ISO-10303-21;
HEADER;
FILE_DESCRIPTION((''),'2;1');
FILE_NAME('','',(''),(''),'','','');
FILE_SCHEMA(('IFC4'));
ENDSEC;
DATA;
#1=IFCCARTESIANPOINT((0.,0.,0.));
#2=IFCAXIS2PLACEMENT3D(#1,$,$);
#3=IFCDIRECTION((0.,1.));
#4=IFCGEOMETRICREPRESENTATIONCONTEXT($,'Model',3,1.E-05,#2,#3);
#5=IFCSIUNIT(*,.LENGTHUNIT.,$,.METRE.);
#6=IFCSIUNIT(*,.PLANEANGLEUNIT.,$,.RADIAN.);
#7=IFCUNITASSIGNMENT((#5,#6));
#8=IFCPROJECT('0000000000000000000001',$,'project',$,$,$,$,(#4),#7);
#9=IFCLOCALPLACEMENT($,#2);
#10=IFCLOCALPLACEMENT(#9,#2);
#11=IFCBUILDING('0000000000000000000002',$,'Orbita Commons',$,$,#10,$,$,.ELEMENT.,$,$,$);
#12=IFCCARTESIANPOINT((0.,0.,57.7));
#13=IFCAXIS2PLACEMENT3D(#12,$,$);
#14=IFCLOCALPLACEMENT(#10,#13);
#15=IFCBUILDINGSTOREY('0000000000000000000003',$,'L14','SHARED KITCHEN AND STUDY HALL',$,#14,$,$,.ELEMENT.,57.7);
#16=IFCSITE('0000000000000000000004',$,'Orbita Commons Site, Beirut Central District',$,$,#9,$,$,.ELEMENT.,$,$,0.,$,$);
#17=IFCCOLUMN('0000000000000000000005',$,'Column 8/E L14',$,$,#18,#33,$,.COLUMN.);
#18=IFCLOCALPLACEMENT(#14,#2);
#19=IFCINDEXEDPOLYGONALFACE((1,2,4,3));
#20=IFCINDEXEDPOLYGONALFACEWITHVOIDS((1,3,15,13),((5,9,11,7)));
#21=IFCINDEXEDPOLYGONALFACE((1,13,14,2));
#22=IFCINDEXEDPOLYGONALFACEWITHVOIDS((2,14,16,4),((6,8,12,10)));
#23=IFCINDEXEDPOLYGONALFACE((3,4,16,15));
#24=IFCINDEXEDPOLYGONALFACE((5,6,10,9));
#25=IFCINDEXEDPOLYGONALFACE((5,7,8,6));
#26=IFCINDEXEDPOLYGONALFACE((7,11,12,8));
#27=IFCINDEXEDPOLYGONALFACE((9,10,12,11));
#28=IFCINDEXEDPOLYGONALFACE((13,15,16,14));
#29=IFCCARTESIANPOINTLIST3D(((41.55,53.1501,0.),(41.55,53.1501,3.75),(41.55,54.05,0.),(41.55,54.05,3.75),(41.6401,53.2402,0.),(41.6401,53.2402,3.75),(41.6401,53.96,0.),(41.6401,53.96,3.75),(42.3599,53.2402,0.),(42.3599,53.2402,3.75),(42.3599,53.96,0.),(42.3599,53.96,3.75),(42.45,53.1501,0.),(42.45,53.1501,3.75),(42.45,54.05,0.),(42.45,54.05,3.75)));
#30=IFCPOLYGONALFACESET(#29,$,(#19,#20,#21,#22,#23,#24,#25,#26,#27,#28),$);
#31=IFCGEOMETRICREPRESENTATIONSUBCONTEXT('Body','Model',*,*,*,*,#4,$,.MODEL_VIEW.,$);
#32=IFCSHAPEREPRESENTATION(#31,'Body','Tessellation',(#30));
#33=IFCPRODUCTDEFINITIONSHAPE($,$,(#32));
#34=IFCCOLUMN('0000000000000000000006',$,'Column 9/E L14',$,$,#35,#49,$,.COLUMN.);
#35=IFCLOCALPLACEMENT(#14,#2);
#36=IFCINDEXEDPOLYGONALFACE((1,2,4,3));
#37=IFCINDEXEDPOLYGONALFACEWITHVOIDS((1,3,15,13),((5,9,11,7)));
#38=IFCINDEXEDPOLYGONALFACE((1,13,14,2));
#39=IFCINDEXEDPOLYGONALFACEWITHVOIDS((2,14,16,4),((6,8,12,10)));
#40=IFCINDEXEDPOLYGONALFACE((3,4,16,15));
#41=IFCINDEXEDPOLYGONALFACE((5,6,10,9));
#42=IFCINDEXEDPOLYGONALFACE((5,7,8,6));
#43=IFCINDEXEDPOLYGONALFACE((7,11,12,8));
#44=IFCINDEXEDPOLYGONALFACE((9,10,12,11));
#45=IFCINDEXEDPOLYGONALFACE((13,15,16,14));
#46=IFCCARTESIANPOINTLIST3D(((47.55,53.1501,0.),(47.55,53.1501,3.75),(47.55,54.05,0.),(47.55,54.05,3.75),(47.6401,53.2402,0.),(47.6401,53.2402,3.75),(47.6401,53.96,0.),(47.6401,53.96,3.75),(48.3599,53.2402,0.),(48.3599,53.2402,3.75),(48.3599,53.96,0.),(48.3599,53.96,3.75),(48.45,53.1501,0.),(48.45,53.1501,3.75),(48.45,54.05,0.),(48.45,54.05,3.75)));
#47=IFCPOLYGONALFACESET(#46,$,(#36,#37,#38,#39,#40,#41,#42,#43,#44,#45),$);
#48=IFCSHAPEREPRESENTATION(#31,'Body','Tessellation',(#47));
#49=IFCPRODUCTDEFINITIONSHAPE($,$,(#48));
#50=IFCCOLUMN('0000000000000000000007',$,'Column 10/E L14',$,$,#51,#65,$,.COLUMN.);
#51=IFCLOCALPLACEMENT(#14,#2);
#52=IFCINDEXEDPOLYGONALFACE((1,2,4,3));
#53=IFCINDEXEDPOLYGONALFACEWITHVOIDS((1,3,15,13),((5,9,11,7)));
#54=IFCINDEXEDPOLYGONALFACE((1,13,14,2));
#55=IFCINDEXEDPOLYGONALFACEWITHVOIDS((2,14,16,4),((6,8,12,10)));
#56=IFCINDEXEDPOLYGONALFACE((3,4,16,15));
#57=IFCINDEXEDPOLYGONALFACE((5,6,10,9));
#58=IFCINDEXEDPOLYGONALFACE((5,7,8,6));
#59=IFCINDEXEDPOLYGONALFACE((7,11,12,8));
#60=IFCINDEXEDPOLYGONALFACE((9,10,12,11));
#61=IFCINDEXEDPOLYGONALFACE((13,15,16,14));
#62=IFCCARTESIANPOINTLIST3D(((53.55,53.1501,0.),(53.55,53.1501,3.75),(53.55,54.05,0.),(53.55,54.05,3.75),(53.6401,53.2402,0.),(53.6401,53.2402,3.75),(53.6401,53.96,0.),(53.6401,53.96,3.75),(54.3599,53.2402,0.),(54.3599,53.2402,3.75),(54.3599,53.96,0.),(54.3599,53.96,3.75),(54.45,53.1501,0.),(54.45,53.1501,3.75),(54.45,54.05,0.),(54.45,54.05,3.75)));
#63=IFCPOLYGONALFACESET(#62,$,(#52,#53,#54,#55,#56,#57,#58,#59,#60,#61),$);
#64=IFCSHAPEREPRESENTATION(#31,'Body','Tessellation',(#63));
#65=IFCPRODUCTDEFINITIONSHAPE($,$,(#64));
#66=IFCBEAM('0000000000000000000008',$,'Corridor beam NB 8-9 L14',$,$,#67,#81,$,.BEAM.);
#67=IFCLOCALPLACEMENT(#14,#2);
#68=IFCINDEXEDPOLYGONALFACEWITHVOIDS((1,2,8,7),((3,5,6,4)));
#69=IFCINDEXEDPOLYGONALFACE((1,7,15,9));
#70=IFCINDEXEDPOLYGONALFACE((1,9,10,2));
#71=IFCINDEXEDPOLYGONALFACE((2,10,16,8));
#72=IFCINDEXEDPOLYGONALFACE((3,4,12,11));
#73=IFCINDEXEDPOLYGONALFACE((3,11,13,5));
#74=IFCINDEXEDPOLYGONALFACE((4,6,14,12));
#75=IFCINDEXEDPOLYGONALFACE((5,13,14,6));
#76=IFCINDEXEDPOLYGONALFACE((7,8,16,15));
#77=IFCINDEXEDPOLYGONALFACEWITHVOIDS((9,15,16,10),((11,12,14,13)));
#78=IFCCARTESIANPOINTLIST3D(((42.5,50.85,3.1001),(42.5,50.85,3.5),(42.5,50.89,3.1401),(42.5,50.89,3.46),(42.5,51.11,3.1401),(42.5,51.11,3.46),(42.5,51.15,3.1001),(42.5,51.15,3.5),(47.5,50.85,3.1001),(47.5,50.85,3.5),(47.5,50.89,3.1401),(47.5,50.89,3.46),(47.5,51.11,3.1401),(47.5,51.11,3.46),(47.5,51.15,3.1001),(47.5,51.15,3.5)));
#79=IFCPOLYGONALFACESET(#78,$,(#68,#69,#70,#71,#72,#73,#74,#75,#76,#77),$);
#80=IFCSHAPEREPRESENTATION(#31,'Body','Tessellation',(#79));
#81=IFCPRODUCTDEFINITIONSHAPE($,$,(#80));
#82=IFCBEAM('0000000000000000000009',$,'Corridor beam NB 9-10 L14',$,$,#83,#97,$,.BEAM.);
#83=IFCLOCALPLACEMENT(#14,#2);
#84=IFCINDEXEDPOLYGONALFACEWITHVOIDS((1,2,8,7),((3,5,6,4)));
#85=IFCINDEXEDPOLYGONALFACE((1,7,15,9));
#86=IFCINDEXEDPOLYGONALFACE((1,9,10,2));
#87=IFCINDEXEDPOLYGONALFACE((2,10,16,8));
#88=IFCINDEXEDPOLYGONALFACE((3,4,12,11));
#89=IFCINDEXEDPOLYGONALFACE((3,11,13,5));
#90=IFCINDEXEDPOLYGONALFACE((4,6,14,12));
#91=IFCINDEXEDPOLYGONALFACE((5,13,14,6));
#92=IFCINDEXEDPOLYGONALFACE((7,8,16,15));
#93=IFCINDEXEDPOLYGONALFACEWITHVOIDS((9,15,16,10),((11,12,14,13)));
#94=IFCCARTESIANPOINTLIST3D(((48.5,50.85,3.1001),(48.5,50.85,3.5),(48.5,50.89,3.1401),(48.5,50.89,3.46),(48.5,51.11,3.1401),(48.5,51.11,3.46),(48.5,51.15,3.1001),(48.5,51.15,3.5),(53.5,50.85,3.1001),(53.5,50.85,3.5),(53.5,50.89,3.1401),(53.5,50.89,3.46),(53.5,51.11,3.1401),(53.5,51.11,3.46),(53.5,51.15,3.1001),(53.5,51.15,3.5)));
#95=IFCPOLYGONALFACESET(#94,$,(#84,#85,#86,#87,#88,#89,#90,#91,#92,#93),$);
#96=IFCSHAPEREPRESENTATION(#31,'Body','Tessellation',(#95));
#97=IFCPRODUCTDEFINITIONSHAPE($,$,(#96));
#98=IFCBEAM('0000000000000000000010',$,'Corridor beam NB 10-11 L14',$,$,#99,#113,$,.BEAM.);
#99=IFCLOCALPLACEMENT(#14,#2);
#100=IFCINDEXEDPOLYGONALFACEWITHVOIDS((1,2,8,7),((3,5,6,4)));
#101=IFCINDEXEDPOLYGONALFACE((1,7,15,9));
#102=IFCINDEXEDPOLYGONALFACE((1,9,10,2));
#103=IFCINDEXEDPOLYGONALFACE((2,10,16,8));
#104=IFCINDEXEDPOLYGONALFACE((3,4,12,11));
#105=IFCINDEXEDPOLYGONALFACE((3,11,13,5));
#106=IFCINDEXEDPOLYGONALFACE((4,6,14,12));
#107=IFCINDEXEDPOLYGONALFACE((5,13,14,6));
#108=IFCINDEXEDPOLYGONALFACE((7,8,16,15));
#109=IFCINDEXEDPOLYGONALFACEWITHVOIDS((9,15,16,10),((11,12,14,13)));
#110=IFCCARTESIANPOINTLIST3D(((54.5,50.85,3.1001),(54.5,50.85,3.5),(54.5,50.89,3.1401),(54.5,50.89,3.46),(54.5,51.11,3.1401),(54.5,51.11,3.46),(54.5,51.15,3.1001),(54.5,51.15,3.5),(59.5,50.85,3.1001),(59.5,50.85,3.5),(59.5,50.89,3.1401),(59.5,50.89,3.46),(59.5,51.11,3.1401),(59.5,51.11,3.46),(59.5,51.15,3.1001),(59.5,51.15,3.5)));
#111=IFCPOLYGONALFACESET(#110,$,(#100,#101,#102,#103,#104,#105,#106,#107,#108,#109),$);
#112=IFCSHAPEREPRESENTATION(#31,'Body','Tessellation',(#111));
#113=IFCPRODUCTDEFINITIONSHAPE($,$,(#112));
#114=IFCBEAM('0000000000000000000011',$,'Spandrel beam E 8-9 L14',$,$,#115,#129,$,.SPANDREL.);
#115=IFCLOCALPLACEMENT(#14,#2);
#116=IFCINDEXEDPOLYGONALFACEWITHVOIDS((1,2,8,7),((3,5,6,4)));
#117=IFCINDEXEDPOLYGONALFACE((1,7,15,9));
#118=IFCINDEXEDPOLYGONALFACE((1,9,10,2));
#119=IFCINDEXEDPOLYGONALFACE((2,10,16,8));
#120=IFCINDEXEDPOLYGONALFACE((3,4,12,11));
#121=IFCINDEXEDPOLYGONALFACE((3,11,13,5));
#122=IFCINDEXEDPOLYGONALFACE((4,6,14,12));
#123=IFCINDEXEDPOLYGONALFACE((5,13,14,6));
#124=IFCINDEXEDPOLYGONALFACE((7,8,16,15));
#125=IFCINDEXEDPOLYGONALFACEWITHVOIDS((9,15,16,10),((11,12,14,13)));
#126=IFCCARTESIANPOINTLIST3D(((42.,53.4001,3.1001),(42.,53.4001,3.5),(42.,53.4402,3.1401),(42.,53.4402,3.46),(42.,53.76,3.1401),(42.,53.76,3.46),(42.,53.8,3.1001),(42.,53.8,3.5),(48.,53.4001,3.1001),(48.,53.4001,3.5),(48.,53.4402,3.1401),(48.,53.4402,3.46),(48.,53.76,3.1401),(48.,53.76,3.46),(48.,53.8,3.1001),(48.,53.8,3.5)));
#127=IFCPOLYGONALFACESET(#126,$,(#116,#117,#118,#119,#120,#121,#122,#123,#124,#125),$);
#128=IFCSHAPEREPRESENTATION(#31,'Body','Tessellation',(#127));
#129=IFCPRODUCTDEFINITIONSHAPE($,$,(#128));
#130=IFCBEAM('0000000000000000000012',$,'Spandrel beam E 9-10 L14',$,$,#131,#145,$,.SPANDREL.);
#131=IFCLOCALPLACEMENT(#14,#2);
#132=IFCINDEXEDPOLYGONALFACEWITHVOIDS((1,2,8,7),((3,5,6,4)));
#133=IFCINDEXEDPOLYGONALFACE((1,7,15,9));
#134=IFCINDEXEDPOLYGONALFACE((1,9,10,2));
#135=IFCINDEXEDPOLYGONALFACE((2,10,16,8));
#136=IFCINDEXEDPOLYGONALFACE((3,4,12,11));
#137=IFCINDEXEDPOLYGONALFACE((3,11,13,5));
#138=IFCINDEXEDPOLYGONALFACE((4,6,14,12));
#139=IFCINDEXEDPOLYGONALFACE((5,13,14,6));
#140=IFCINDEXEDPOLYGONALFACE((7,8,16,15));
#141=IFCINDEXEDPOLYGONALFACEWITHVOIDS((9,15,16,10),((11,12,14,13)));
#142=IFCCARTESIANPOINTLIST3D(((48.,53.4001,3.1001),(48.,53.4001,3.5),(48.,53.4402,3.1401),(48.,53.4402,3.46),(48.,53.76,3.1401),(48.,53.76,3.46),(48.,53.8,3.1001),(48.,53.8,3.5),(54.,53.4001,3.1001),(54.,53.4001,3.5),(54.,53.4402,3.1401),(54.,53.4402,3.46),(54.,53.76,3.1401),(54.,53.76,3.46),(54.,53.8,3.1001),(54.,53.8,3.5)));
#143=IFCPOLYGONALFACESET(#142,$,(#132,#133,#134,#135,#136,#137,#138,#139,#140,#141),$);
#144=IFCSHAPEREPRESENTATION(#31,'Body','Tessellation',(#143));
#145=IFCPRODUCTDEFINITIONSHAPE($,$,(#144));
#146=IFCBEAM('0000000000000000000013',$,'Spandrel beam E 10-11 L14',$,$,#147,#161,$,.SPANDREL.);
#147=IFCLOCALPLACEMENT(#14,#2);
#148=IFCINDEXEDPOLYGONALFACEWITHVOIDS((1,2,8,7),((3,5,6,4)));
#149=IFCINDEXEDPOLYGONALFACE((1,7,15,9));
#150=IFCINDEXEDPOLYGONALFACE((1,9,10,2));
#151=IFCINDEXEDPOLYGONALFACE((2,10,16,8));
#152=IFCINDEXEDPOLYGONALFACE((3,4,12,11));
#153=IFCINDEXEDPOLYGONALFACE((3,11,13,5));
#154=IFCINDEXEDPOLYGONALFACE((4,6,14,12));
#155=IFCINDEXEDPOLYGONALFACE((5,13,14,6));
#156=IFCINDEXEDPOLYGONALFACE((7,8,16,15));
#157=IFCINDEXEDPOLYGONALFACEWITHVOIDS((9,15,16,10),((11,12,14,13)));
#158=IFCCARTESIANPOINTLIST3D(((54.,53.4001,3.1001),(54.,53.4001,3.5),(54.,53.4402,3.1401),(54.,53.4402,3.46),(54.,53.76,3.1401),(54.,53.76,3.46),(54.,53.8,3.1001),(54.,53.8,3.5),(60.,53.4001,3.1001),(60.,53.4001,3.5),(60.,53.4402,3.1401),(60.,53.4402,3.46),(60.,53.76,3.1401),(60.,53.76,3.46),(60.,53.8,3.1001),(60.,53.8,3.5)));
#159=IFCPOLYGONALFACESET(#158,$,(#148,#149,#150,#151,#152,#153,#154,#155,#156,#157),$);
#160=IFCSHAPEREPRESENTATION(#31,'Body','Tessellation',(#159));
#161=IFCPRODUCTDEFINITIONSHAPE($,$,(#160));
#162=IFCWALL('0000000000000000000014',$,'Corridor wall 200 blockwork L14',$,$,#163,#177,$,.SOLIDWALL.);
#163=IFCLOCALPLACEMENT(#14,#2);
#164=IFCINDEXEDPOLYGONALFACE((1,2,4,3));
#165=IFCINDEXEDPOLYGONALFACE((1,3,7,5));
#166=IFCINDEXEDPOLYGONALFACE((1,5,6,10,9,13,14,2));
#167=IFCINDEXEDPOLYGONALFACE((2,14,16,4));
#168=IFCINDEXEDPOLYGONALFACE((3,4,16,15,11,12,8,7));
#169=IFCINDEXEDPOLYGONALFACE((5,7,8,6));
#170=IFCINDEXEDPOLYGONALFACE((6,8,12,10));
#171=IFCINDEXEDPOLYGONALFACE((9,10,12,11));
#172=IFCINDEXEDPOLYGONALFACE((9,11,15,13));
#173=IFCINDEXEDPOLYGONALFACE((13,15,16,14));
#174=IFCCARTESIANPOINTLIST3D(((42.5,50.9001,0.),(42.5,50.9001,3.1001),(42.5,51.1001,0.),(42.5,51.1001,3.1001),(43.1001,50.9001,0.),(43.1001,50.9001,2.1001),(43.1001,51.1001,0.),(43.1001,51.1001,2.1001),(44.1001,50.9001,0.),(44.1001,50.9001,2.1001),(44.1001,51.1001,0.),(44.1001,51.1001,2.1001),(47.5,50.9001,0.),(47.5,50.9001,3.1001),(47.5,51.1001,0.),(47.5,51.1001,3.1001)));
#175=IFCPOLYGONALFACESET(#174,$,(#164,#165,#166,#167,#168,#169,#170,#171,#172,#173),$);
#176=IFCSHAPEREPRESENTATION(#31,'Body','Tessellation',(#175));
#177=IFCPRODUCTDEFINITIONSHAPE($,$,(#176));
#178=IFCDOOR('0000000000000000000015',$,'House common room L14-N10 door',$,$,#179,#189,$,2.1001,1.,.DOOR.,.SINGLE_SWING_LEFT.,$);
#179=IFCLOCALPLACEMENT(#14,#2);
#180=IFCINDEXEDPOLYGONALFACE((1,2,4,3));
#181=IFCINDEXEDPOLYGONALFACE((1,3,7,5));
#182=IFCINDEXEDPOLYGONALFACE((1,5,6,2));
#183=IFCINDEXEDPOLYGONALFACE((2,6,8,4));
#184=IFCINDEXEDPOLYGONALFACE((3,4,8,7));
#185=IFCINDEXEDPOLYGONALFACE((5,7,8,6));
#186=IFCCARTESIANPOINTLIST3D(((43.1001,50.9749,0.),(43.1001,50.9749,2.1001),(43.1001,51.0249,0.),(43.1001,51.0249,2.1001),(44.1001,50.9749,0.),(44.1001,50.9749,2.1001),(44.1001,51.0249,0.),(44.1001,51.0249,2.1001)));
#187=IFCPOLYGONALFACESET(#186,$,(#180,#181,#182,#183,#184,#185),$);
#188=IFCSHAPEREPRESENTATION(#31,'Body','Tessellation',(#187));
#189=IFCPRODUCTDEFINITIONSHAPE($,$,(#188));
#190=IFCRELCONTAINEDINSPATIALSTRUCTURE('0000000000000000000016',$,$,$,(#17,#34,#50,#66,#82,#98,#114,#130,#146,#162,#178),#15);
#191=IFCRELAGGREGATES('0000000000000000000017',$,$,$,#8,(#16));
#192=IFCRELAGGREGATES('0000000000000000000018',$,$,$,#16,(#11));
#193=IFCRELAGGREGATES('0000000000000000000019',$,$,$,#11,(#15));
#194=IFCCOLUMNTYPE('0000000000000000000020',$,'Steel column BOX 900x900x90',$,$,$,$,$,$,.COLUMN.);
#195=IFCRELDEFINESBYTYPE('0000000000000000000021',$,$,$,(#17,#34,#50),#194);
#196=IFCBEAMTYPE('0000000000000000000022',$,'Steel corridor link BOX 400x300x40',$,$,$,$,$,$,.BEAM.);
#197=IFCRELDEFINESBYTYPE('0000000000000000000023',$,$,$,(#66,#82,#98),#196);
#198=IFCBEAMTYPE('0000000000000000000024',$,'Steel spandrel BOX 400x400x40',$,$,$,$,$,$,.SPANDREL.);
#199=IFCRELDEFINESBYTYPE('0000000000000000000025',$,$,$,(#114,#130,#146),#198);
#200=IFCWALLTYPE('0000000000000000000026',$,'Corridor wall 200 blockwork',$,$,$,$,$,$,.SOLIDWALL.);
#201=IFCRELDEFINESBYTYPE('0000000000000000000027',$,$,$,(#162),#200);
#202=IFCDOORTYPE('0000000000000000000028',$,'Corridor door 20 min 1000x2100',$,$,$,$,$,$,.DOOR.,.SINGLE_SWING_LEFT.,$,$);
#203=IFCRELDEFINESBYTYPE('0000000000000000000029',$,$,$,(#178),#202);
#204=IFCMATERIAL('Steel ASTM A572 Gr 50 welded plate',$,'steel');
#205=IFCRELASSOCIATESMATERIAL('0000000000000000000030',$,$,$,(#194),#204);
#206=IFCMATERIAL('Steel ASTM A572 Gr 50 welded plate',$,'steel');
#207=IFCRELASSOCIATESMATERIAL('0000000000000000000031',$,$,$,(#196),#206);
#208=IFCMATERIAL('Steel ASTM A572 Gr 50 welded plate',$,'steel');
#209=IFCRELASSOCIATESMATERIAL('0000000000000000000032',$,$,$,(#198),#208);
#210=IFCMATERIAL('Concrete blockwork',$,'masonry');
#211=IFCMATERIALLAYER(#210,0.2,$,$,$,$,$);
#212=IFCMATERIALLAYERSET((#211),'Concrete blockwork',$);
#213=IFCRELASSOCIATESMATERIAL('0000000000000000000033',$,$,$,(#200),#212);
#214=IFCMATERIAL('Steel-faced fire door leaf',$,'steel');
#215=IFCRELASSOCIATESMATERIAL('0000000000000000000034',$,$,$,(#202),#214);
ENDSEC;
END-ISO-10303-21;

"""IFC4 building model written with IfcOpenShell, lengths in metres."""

from ifc_helpers import new_model, si_unit, direction, frame, frame_2d, origin, origin_2d, place, context, subcontext, project, spatial, polyline, rectangle, hollow_rectangle, outline, extrude, material, layer, layer_set, material_profile, profile_set, type_object, element, fill, save


model = new_model("IFC4")

# Units and contexts
model_context = context("Model", 3, precision=1e-05, world=origin(), true_north=direction((0.0, 1.0)))
body_context = subcontext(model_context, "Body", "Model", "MODEL_VIEW")
ifc_project = project(units=[si_unit("LENGTHUNIT", "METRE"), si_unit("PLANEANGLEUNIT", "RADIAN")], contexts=[model_context])

# Site, building, storey
site_placement = place(None, origin())
site = spatial("IfcSite", under=ifc_project, at=site_placement, Name="Orbita Commons Site, Beirut Central District", CompositionType="ELEMENT", RefElevation=0.0)
building_placement = place(site_placement, origin())
building = spatial("IfcBuilding", under=site, at=building_placement, Name="Orbita Commons", CompositionType="ELEMENT")
storey_placement = place(building_placement, frame((0.0, 0.0, 57.7)))
storey = spatial("IfcBuildingStorey", under=building, at=storey_placement, Name="L14", Description="SHARED KITCHEN AND STUDY HALL", CompositionType="ELEMENT", Elevation=57.7)

# Columns
ifc_material_1 = material(Name="Steel ASTM A572 Gr 50 welded plate", Category="steel")
ifc_material_profile_1 = material_profile(ifc_material_1, hollow_rectangle(XDim=0.8999, YDim=0.8999, WallThickness=0.0901, at=origin_2d()), Name="BOX 900x900x90")
ifc_profile_set_1 = profile_set([ifc_material_profile_1], Name="Steel ASTM A572 Gr 50 welded plate")
column_type = type_object("IfcColumnType", Name="Steel column BOX 900x900x90", PredefinedType="COLUMN", material=ifc_profile_set_1)
for number, where, z_axis, x_axis, name in (
    (1, (42.0, 53.6001, 0.0), (0.0, 0.0, 1.0), (1.0, 0.0, 0.0), "Column 8/E L14"),
    (2, (48.0, 53.6001, 0.0), (0.0, 0.0, 1.0), (1.0, 0.0, 0.0), "Column 9/E L14"),
    (3, (54.0, 53.6001, 0.0), (0.0, 0.0, 1.0), (1.0, 0.0, 0.0), "Column 10/E L14"),
):
    element("IfcColumn", number, at=place(storey_placement, frame(where, z_axis=z_axis, x_axis=x_axis)), inside=storey, type_object=column_type, Name=name, PredefinedType="COLUMN", context=body_context, shape_type="SweptSolid", body=[
        extrude(hollow_rectangle(XDim=0.8999, YDim=0.8999, WallThickness=0.0901, at=origin_2d()), origin(), (0.0, 0.0, 1.0), 3.75),
    ])

# Beams
ifc_material_2 = material(Name="Steel ASTM A572 Gr 50 welded plate", Category="steel")
ifc_material_profile_2 = material_profile(ifc_material_2, hollow_rectangle(XDim=0.3, YDim=0.3999, WallThickness=0.04, at=origin_2d()), Name="BOX 400x300x40")
ifc_profile_set_2 = profile_set([ifc_material_profile_2], Name="Steel ASTM A572 Gr 50 welded plate")
beam_type_1 = type_object("IfcBeamType", Name="Steel corridor link BOX 400x300x40", PredefinedType="BEAM", material=ifc_profile_set_2)
for number, where, z_axis, x_axis, name in (
    (4, (42.5, 51.0, 3.3), (1.0, 0.0, 0.0), (0.0, 1.0, 0.0), "Corridor beam NB 8-9 L14"),
    (5, (48.5, 51.0, 3.3), (1.0, 0.0, 0.0), (0.0, 1.0, 0.0), "Corridor beam NB 9-10 L14"),
    (6, (54.5, 51.0, 3.3), (1.0, 0.0, 0.0), (0.0, 1.0, 0.0), "Corridor beam NB 10-11 L14"),
):
    element("IfcBeam", number, at=place(storey_placement, frame(where, z_axis=z_axis, x_axis=x_axis)), inside=storey, type_object=beam_type_1, Name=name, PredefinedType="BEAM", context=body_context, shape_type="SweptSolid", body=[
        extrude(hollow_rectangle(XDim=0.3, YDim=0.3999, WallThickness=0.04, at=origin_2d()), origin(), (0.0, 0.0, 1.0), 5.0),
    ])
ifc_material_3 = material(Name="Steel ASTM A572 Gr 50 welded plate", Category="steel")
ifc_material_profile_3 = material_profile(ifc_material_3, hollow_rectangle(XDim=0.3999, YDim=0.3999, WallThickness=0.04, at=origin_2d()), Name="BOX 400x400x40")
ifc_profile_set_3 = profile_set([ifc_material_profile_3], Name="Steel ASTM A572 Gr 50 welded plate")
beam_type_2 = type_object("IfcBeamType", Name="Steel spandrel BOX 400x400x40", PredefinedType="SPANDREL", material=ifc_profile_set_3)
for number, where, z_axis, x_axis, name in (
    (7, (42.0, 53.6001, 3.3), (1.0, 0.0, 0.0), (0.0, 1.0, 0.0), "Spandrel beam E 8-9 L14"),
    (8, (48.0, 53.6001, 3.3), (1.0, 0.0, 0.0), (0.0, 1.0, 0.0), "Spandrel beam E 9-10 L14"),
    (9, (54.0, 53.6001, 3.3), (1.0, 0.0, 0.0), (0.0, 1.0, 0.0), "Spandrel beam E 10-11 L14"),
):
    element("IfcBeam", number, at=place(storey_placement, frame(where, z_axis=z_axis, x_axis=x_axis)), inside=storey, type_object=beam_type_2, Name=name, PredefinedType="SPANDREL", context=body_context, shape_type="SweptSolid", body=[
        extrude(hollow_rectangle(XDim=0.3999, YDim=0.3999, WallThickness=0.04, at=origin_2d()), origin(), (0.0, 0.0, 1.0), 6.0),
    ])

# Wall, opening, door
ifc_material_4 = material(Name="Concrete blockwork", Category="masonry")
ifc_layer_1 = layer(ifc_material_4, 0.2)
ifc_layer_set_1 = layer_set([ifc_layer_1], Name="Concrete blockwork")
wall_type_1 = type_object("IfcWallType", Name="Corridor wall 200 blockwork", PredefinedType="SOLIDWALL", material=ifc_layer_set_1)
wall_1_placement = place(storey_placement, frame((42.5, 51.0, 0.0), z_axis=(0.0, 0.0, 1.0), x_axis=(1.0, 0.0, 0.0)))
wall_1 = element("IfcWall", 10, at=wall_1_placement, inside=storey, type_object=wall_type_1, Name="Corridor wall 200 blockwork L14", PredefinedType="SOLIDWALL", context=body_context, shape_type="SweptSolid", body=[
    extrude(outline(polyline([(0.0, 0.0), (5.0, 0.0), (5.0, 3.1001), (0.0, 3.1001), (0.0, 0.0)])), frame((0.0, 0.1001, 0.0), z_axis=(0.0, -1.0, 0.0), x_axis=(1.0, 0.0, 0.0)), (0.0, 0.0, 1.0), 0.2),
])
opening_1_placement = place(wall_1_placement, frame((0.6001, 0.0, 0.0)))
opening_1 = element("IfcOpeningElement", 11, at=opening_1_placement, cuts=wall_1, PredefinedType="OPENING", context=body_context, shape_type="SweptSolid", body=[
    extrude(rectangle(XDim=1.0, YDim=2.1001, at=frame_2d((0.5, 1.05))), frame((0.0, 0.1099, 0.0), z_axis=(0.0, -1.0, 0.0), x_axis=(1.0, 0.0, 0.0)), (0.0, 0.0, 1.0), 0.22),
])
ifc_material_5 = material(Name="Steel-faced fire door leaf", Category="steel")
door_type_1 = type_object("IfcDoorType", Name="Corridor door 20 min 1000x2100", OperationType="SINGLE_SWING_LEFT", PredefinedType="DOOR", material=ifc_material_5)
door_1_placement = place(opening_1_placement, origin())
door_1 = element("IfcDoor", 12, at=door_1_placement, inside=storey, type_object=door_type_1, Name="House common room L14-N10 door", OperationType="SINGLE_SWING_LEFT", OverallHeight=2.1001, OverallWidth=1.0, PredefinedType="DOOR", context=body_context, shape_type="SweptSolid", body=[
    extrude(rectangle(XDim=1.0, YDim=2.1001, at=frame_2d((0.5, 1.05))), frame((0.0, 0.0249, 0.0), z_axis=(0.0, -1.0, 0.0), x_axis=(1.0, 0.0, 0.0)), (0.0, 0.0, 1.0), 0.05),
])
fill(opening_1, door_1)

save(model, "model.ifc")
